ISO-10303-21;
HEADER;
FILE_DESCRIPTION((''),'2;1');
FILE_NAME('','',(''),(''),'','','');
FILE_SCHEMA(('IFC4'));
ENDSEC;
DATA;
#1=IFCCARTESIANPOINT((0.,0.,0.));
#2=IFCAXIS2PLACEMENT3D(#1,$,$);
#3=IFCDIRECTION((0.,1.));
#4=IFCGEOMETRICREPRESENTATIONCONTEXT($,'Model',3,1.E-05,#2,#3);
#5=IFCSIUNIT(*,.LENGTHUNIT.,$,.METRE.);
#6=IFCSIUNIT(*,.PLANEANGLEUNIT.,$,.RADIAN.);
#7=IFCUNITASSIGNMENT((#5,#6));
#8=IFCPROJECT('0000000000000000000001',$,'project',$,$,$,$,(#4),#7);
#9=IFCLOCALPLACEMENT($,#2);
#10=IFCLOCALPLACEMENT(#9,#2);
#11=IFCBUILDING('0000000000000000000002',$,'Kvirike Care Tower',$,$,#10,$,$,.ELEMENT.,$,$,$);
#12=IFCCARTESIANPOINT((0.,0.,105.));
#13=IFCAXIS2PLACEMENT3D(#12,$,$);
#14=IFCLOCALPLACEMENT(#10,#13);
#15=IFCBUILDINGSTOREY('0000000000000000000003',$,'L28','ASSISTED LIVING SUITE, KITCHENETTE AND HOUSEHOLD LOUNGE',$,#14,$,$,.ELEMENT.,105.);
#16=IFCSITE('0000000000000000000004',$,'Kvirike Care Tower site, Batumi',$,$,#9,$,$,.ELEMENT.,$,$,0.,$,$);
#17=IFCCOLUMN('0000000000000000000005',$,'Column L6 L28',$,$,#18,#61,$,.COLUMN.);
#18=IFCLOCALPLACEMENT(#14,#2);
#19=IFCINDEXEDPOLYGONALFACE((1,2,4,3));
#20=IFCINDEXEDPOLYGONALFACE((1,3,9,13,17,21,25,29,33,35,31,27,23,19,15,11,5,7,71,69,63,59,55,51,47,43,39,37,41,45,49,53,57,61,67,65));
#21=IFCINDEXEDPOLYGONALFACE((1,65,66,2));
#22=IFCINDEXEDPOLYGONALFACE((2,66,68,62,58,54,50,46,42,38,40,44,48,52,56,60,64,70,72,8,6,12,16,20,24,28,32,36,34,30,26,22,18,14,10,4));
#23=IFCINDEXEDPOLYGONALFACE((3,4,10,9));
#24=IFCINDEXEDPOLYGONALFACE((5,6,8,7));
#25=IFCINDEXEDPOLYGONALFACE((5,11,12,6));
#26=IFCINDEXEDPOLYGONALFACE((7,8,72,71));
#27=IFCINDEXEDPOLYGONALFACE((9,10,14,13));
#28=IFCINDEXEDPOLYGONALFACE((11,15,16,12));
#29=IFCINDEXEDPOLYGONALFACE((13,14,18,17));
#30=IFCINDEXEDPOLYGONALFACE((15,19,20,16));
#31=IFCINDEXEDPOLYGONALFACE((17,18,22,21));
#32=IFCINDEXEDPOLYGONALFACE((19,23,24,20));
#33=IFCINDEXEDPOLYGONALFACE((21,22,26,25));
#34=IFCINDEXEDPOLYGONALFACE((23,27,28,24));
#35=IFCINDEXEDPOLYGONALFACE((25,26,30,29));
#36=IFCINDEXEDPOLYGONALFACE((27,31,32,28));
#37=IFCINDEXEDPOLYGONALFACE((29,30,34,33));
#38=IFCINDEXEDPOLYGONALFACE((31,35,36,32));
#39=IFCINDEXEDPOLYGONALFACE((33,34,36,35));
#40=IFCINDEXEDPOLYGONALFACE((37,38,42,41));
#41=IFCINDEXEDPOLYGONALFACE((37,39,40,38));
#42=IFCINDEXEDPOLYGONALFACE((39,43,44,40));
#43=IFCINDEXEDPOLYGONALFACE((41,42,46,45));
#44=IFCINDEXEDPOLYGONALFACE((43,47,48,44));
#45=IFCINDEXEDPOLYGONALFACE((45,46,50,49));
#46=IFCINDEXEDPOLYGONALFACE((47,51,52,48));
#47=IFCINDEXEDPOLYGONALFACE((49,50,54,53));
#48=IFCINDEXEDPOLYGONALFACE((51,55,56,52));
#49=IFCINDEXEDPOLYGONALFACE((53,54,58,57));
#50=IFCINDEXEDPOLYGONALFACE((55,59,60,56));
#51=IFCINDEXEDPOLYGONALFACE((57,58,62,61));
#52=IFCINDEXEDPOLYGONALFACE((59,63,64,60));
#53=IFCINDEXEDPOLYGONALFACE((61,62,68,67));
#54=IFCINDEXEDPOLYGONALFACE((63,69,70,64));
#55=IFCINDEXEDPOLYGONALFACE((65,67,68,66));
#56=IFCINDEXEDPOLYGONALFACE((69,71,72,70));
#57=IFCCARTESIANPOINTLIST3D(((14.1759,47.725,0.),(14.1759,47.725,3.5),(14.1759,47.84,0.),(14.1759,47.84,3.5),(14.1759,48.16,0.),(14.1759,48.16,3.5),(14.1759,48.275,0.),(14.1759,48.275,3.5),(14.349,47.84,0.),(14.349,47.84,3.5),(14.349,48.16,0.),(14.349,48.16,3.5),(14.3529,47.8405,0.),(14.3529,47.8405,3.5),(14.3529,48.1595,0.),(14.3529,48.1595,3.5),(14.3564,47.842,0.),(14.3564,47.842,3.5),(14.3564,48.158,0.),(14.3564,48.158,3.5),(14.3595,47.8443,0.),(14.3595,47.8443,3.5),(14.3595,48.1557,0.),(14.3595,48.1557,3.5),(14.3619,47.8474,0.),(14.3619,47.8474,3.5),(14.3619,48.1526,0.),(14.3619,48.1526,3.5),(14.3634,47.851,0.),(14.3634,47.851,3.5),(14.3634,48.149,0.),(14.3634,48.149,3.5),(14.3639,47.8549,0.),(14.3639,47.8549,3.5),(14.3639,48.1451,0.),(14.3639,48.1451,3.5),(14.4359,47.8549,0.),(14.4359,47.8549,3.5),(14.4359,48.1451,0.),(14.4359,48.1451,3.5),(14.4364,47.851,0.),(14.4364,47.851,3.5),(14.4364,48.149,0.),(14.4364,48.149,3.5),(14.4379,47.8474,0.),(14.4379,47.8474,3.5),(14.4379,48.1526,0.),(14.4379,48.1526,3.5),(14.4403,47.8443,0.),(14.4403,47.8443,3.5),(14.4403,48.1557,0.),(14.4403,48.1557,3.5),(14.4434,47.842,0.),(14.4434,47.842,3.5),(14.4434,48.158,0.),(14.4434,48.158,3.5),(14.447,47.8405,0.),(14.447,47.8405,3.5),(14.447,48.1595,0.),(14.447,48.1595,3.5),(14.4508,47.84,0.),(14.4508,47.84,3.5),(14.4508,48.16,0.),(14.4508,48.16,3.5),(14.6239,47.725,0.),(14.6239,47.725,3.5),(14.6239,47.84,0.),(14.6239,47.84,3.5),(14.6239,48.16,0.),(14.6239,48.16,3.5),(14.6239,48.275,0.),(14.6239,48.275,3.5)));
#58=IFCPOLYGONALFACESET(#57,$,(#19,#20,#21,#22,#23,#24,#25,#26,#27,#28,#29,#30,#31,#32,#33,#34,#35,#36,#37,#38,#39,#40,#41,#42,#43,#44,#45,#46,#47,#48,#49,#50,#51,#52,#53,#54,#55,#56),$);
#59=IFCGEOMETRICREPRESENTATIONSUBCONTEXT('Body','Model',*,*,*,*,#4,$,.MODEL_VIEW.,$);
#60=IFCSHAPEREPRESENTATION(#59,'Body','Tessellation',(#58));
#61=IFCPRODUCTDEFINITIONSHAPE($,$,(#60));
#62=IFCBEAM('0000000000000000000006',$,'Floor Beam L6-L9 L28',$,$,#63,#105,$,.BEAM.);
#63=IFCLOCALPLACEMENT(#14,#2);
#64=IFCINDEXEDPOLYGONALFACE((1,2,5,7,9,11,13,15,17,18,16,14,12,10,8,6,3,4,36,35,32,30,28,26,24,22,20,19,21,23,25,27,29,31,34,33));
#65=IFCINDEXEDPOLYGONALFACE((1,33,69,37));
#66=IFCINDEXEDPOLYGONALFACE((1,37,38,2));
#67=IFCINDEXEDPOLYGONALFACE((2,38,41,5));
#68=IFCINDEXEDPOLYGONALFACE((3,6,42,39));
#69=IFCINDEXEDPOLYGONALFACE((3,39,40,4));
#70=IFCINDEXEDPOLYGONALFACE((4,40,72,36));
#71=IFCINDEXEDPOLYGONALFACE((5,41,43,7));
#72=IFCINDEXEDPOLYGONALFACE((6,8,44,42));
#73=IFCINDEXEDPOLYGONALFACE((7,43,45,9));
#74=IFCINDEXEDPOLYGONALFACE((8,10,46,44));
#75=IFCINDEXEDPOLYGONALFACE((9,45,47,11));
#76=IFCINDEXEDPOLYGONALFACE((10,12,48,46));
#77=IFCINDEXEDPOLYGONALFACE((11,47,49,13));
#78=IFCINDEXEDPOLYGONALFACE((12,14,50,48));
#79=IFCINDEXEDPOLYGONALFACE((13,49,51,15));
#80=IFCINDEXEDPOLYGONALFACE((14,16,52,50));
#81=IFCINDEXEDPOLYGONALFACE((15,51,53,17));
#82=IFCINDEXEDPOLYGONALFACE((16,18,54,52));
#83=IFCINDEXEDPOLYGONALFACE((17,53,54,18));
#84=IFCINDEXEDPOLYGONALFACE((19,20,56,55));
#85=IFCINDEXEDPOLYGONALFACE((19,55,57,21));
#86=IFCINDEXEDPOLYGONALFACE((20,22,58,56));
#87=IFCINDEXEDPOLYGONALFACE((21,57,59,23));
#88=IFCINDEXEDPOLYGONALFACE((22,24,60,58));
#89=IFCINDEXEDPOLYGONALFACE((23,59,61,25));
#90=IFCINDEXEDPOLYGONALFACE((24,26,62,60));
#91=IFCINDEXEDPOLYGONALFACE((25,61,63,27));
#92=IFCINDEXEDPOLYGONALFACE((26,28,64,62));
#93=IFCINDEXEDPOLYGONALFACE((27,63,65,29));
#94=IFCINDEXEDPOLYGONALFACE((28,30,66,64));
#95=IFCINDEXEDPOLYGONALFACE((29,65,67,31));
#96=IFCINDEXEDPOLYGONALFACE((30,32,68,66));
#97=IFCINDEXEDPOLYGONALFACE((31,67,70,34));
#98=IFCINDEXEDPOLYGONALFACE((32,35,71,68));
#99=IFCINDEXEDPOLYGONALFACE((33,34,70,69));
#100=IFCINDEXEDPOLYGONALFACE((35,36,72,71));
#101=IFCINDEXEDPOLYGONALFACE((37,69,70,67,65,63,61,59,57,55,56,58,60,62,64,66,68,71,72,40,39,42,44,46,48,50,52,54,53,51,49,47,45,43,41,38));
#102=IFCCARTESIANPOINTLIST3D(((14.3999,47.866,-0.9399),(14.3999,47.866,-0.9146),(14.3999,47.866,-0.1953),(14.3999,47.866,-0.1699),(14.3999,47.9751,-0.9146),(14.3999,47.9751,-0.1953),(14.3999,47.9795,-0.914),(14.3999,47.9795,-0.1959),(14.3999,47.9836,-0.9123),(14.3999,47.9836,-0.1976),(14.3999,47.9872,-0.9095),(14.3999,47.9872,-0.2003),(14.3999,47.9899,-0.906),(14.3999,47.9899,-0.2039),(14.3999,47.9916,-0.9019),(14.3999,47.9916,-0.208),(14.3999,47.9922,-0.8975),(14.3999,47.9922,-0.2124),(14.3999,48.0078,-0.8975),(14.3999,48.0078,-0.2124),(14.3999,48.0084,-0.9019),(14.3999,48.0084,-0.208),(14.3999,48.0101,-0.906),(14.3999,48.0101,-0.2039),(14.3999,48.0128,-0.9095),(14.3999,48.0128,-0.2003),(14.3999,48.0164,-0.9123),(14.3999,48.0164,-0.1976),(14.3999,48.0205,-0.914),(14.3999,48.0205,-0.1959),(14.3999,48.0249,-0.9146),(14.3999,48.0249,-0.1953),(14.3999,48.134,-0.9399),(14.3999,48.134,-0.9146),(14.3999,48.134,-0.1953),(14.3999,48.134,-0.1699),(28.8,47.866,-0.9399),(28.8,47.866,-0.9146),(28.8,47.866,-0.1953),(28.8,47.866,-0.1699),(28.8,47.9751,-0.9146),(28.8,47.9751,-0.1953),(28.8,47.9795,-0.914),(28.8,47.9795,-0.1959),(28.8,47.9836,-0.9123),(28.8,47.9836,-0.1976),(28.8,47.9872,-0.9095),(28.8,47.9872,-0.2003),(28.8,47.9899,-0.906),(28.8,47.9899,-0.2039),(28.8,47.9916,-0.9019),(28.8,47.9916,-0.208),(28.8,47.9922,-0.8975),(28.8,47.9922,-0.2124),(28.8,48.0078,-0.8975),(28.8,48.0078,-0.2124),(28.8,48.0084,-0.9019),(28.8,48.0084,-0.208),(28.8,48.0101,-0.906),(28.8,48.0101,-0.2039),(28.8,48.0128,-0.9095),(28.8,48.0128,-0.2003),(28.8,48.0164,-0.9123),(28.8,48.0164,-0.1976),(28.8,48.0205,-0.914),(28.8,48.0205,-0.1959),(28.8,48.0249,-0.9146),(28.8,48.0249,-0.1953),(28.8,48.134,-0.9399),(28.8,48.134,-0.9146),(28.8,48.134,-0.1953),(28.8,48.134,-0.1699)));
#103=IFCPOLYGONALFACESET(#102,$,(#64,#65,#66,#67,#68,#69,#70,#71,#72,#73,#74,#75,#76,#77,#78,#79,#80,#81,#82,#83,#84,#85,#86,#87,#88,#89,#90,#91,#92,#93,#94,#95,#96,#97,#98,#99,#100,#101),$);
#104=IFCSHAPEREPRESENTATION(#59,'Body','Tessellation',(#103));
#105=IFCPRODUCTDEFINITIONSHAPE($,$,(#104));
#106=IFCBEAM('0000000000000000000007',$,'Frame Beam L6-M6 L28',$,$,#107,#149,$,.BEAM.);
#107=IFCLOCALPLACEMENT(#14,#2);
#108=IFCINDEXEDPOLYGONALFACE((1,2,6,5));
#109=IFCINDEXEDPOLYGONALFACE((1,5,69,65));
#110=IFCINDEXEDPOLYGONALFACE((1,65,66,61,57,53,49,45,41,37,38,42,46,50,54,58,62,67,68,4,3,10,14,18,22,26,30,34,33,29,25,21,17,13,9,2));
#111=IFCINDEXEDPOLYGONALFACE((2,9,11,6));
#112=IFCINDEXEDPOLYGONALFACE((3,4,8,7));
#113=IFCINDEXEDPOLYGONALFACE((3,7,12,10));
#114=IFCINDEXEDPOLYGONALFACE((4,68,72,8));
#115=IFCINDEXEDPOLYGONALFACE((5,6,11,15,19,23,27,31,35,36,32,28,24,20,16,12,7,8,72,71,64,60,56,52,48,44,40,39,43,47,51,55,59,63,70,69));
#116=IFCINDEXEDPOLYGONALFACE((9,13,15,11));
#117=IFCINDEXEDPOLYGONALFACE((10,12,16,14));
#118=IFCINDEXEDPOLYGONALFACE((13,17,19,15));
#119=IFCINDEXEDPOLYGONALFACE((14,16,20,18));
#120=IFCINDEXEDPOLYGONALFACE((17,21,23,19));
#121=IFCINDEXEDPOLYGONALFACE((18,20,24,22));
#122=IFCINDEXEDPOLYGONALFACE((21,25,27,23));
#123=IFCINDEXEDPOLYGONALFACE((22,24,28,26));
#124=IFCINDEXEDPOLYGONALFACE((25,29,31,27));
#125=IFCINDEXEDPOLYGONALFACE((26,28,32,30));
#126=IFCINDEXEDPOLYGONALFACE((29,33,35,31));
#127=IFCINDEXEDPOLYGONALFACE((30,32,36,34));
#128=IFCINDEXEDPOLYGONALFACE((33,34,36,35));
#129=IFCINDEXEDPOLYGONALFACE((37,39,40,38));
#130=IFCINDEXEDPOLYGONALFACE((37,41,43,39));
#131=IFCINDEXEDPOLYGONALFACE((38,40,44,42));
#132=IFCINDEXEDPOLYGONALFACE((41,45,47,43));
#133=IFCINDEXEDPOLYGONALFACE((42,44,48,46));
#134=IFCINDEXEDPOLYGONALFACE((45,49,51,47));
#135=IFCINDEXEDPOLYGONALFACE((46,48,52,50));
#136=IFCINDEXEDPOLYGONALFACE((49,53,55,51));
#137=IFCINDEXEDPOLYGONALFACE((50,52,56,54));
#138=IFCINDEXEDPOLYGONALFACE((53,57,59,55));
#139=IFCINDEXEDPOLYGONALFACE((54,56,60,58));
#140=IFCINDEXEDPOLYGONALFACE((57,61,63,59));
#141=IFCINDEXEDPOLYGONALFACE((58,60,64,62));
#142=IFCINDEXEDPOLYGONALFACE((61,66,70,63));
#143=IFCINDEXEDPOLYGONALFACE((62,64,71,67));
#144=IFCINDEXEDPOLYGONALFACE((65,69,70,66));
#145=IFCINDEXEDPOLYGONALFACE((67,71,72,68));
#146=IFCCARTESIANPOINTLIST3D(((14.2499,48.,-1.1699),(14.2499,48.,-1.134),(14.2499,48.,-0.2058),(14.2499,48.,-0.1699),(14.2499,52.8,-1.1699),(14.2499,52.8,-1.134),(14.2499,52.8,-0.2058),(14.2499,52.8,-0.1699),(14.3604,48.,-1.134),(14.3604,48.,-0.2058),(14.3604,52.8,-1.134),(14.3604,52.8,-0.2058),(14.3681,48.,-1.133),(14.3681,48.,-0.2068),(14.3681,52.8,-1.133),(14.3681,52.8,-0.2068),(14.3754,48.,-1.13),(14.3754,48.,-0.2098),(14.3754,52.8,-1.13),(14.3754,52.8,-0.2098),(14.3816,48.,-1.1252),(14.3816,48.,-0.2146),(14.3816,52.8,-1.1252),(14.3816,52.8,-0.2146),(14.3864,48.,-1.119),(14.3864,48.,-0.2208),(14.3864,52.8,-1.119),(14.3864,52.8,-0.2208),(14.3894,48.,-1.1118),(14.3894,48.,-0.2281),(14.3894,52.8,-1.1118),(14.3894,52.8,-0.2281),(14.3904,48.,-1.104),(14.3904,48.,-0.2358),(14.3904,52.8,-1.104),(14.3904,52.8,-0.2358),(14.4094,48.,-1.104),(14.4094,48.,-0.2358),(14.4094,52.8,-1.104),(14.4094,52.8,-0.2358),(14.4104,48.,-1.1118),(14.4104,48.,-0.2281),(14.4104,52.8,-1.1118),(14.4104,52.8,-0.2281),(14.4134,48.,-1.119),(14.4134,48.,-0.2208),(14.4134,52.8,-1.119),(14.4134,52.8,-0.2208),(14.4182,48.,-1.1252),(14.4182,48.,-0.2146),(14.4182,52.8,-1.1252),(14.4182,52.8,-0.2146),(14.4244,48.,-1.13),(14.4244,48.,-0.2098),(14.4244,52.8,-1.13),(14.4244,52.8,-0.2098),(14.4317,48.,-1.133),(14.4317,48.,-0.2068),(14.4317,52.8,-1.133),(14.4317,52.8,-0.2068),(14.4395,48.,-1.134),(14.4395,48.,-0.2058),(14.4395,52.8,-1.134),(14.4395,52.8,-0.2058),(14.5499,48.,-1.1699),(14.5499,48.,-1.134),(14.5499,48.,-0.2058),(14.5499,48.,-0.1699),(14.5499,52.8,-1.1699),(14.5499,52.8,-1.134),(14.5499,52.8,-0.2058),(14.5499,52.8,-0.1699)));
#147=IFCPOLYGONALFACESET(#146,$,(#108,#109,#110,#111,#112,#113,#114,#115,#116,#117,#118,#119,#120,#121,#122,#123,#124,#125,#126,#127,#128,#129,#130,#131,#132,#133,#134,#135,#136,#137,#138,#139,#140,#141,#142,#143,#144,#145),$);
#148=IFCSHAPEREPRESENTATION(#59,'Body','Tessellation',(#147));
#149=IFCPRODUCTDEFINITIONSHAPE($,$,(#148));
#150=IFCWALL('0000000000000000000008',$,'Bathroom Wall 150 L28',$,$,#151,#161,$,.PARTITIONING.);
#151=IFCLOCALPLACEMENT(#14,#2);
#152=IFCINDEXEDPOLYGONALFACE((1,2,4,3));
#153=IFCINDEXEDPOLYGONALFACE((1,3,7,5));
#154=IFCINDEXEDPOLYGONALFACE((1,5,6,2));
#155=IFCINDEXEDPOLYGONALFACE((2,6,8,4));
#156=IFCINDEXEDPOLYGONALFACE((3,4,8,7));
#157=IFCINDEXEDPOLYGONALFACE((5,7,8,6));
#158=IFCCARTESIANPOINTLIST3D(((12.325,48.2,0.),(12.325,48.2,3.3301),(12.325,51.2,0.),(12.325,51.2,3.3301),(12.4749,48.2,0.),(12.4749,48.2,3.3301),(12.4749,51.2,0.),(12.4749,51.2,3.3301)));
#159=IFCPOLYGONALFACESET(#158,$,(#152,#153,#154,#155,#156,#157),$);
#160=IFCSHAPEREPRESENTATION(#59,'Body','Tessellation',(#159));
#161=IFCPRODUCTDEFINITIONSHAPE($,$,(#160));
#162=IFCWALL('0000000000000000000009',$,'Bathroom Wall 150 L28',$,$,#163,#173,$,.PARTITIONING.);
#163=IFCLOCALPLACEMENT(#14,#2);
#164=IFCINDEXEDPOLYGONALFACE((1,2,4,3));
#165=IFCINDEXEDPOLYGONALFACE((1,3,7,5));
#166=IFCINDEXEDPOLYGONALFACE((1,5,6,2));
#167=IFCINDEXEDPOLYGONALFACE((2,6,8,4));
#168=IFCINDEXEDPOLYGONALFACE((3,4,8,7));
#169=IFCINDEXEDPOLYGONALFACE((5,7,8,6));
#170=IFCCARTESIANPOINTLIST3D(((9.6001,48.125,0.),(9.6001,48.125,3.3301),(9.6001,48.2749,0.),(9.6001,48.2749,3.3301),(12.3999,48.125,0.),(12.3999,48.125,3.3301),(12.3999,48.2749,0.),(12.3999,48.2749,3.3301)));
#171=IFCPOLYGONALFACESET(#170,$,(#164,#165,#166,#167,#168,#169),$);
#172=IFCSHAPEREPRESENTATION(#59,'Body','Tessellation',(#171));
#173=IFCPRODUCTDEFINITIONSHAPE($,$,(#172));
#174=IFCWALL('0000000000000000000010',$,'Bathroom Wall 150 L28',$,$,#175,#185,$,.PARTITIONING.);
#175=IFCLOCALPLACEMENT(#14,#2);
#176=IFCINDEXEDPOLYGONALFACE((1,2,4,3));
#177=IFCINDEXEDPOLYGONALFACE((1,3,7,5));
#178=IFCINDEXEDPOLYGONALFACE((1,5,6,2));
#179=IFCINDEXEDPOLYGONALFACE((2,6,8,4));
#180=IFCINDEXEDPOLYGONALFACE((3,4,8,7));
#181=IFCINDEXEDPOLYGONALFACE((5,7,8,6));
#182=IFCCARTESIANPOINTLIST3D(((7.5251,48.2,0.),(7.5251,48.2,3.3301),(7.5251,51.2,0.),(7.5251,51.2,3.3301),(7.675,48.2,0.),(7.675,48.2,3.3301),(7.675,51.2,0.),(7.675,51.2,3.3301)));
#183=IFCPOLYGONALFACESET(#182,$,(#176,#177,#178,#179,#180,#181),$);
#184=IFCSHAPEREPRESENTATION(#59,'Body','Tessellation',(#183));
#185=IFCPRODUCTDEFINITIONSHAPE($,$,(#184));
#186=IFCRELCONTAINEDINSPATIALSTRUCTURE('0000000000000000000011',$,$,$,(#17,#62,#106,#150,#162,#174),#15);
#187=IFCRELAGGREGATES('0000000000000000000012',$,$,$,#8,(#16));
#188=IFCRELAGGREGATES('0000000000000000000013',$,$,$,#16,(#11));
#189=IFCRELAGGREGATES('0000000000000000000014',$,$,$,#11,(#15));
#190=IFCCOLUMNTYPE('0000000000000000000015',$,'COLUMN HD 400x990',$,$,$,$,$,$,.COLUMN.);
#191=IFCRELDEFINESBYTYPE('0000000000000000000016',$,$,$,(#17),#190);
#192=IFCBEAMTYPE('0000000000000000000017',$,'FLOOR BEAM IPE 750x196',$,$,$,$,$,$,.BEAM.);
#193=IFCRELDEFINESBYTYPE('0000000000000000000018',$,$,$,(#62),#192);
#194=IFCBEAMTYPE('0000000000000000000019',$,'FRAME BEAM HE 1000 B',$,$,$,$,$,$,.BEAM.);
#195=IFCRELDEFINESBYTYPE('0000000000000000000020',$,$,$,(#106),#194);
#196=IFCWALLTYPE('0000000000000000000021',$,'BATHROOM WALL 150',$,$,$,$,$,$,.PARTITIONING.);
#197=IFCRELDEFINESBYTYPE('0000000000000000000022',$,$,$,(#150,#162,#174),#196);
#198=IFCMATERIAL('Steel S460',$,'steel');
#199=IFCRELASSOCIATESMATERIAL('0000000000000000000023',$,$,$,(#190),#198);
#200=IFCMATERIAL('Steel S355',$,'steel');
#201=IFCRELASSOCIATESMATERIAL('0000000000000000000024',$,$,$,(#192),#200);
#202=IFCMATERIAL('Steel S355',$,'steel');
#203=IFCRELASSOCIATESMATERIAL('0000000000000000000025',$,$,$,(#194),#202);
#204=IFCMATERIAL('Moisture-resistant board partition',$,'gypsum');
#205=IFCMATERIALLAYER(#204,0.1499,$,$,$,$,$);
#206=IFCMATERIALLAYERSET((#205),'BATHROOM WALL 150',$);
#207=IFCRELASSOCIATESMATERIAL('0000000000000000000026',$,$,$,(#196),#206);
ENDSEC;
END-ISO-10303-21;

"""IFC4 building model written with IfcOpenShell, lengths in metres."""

from ifc_helpers import new_model, si_unit, direction, frame, frame_2d, origin, origin_2d, place, context, subcontext, project, spatial, rectangle, i_section, extrude, material, layer, layer_set, material_profile, profile_set, type_object, element, save


model = new_model("IFC4")

# Units and contexts
model_context = context("Model", 3, precision=1e-05, world=origin(), true_north=direction((0.0, 1.0)))
body_context = subcontext(model_context, "Body", "Model", "MODEL_VIEW")
ifc_project = project(units=[si_unit("LENGTHUNIT", "METRE"), si_unit("PLANEANGLEUNIT", "RADIAN")], contexts=[model_context])

# Site, building, storey
site_placement = place(None, origin())
site = spatial("IfcSite", under=ifc_project, at=site_placement, Name="Kvirike Care Tower site, Batumi", CompositionType="ELEMENT", RefElevation=0.0)
building_placement = place(site_placement, origin())
building = spatial("IfcBuilding", under=site, at=building_placement, Name="Kvirike Care Tower", CompositionType="ELEMENT")
storey_placement = place(building_placement, frame((0.0, 0.0, 105.0)))
storey = spatial("IfcBuildingStorey", under=building, at=storey_placement, Name="L28", Description="ASSISTED LIVING SUITE, KITCHENETTE AND HOUSEHOLD LOUNGE", CompositionType="ELEMENT", Elevation=105.0)

# Column
ifc_material_1 = material(Name="Steel S460", Category="steel")
ifc_material_profile_1 = material_profile(ifc_material_1, i_section(OverallWidth=0.448, OverallDepth=0.55, WebThickness=0.072, FlangeThickness=0.115, FilletRadius=0.0149, at=origin_2d()), Name="HD 400x990")
ifc_profile_set_1 = profile_set([ifc_material_profile_1], Name="Steel S460")
column_type = type_object("IfcColumnType", Name="COLUMN HD 400x990", PredefinedType="COLUMN", material=ifc_profile_set_1)
column_placement = place(storey_placement, frame((14.3999, 48.0, 0.0), z_axis=(0.0, 0.0, 1.0), x_axis=(1.0, 0.0, 0.0)))
element("IfcColumn", 1, at=column_placement, inside=storey, type_object=column_type, Name="Column L6 L28", PredefinedType="COLUMN", context=body_context, shape_type="SweptSolid", body=[
    extrude(i_section(OverallWidth=0.448, OverallDepth=0.55, WebThickness=0.072, FlangeThickness=0.115, FilletRadius=0.0149, at=origin_2d()), origin(), (0.0, 0.0, 1.0), 3.5),
])

# Beams
ifc_material_2 = material(Name="Steel S355", Category="steel")
ifc_material_profile_2 = material_profile(ifc_material_2, i_section(OverallWidth=0.2681, OverallDepth=0.77, WebThickness=0.0156, FlangeThickness=0.0254, FilletRadius=0.0171, at=origin_2d()), Name="IPE 750x196")
ifc_profile_set_2 = profile_set([ifc_material_profile_2], Name="Steel S355")
beam_type_1 = type_object("IfcBeamType", Name="FLOOR BEAM IPE 750x196", PredefinedType="BEAM", material=ifc_profile_set_2)
beam_1_placement = place(storey_placement, frame((14.3999, 48.0, -0.5549), z_axis=(1.0, 0.0, 0.0), x_axis=(0.0, 1.0, 0.0)))
element("IfcBeam", 2, at=beam_1_placement, inside=storey, type_object=beam_type_1, Name="Floor Beam L6-L9 L28", PredefinedType="BEAM", context=body_context, shape_type="SweptSolid", body=[
    extrude(i_section(OverallWidth=0.2681, OverallDepth=0.77, WebThickness=0.0156, FlangeThickness=0.0254, FilletRadius=0.0171, at=origin_2d()), origin(), (0.0, 0.0, 1.0), 14.4001),
])
ifc_material_3 = material(Name="Steel S355", Category="steel")
ifc_material_profile_3 = material_profile(ifc_material_3, i_section(OverallWidth=0.3, OverallDepth=1.0, WebThickness=0.019, FlangeThickness=0.0359, FilletRadius=0.03, at=origin_2d()), Name="HE 1000 B")
ifc_profile_set_3 = profile_set([ifc_material_profile_3], Name="Steel S355")
beam_type_2 = type_object("IfcBeamType", Name="FRAME BEAM HE 1000 B", PredefinedType="BEAM", material=ifc_profile_set_3)
beam_2_placement = place(storey_placement, frame((14.3999, 48.0, -0.6699), z_axis=(0.0, 1.0, 0.0), x_axis=(-1.0, 0.0, 0.0)))
element("IfcBeam", 3, at=beam_2_placement, inside=storey, type_object=beam_type_2, Name="Frame Beam L6-M6 L28", PredefinedType="BEAM", context=body_context, shape_type="SweptSolid", body=[
    extrude(i_section(OverallWidth=0.3, OverallDepth=1.0, WebThickness=0.019, FlangeThickness=0.0359, FilletRadius=0.03, at=origin_2d()), origin(), (0.0, 0.0, 1.0), 4.8),
])

# Walls
ifc_material_4 = material(Name="Moisture-resistant board partition", Category="gypsum")
ifc_layer_1 = layer(ifc_material_4, 0.1499)
ifc_layer_set_1 = layer_set([ifc_layer_1], Name="BATHROOM WALL 150")
wall_type_1 = type_object("IfcWallType", Name="BATHROOM WALL 150", PredefinedType="PARTITIONING", material=ifc_layer_set_1)
wall_1_placement = place(storey_placement, frame((12.3999, 51.2, 0.0), z_axis=(0.0, 0.0, 1.0), x_axis=(0.0, -1.0, 0.0)))
element("IfcWall", 4, at=wall_1_placement, inside=storey, type_object=wall_type_1, Name="Bathroom Wall 150 L28", PredefinedType="PARTITIONING", context=body_context, shape_type="SweptSolid", body=[
    extrude(rectangle(XDim=3.0, YDim=0.1499, at=frame_2d((1.5, 0.0))), origin(), (0.0, 0.0, 1.0), 3.3301),
])
wall_2_placement = place(storey_placement, frame((12.3999, 48.2, 0.0), z_axis=(0.0, 0.0, 1.0), x_axis=(-1.0, 0.0, 0.0)))
element("IfcWall", 5, at=wall_2_placement, inside=storey, type_object=wall_type_1, Name="Bathroom Wall 150 L28", PredefinedType="PARTITIONING", context=body_context, shape_type="SweptSolid", body=[
    extrude(rectangle(XDim=2.7998, YDim=0.1499, at=frame_2d((1.3999, 0.0))), origin(), (0.0, 0.0, 1.0), 3.3301),
])
wall_3_placement = place(storey_placement, frame((7.6001, 51.2, 0.0), z_axis=(0.0, 0.0, 1.0), x_axis=(0.0, -1.0, 0.0)))
element("IfcWall", 6, at=wall_3_placement, inside=storey, type_object=wall_type_1, Name="Bathroom Wall 150 L28", PredefinedType="PARTITIONING", context=body_context, shape_type="SweptSolid", body=[
    extrude(rectangle(XDim=3.0, YDim=0.1499, at=frame_2d((1.5, 0.0))), origin(), (0.0, 0.0, 1.0), 3.3301),
])

save(model, "model.ifc")
